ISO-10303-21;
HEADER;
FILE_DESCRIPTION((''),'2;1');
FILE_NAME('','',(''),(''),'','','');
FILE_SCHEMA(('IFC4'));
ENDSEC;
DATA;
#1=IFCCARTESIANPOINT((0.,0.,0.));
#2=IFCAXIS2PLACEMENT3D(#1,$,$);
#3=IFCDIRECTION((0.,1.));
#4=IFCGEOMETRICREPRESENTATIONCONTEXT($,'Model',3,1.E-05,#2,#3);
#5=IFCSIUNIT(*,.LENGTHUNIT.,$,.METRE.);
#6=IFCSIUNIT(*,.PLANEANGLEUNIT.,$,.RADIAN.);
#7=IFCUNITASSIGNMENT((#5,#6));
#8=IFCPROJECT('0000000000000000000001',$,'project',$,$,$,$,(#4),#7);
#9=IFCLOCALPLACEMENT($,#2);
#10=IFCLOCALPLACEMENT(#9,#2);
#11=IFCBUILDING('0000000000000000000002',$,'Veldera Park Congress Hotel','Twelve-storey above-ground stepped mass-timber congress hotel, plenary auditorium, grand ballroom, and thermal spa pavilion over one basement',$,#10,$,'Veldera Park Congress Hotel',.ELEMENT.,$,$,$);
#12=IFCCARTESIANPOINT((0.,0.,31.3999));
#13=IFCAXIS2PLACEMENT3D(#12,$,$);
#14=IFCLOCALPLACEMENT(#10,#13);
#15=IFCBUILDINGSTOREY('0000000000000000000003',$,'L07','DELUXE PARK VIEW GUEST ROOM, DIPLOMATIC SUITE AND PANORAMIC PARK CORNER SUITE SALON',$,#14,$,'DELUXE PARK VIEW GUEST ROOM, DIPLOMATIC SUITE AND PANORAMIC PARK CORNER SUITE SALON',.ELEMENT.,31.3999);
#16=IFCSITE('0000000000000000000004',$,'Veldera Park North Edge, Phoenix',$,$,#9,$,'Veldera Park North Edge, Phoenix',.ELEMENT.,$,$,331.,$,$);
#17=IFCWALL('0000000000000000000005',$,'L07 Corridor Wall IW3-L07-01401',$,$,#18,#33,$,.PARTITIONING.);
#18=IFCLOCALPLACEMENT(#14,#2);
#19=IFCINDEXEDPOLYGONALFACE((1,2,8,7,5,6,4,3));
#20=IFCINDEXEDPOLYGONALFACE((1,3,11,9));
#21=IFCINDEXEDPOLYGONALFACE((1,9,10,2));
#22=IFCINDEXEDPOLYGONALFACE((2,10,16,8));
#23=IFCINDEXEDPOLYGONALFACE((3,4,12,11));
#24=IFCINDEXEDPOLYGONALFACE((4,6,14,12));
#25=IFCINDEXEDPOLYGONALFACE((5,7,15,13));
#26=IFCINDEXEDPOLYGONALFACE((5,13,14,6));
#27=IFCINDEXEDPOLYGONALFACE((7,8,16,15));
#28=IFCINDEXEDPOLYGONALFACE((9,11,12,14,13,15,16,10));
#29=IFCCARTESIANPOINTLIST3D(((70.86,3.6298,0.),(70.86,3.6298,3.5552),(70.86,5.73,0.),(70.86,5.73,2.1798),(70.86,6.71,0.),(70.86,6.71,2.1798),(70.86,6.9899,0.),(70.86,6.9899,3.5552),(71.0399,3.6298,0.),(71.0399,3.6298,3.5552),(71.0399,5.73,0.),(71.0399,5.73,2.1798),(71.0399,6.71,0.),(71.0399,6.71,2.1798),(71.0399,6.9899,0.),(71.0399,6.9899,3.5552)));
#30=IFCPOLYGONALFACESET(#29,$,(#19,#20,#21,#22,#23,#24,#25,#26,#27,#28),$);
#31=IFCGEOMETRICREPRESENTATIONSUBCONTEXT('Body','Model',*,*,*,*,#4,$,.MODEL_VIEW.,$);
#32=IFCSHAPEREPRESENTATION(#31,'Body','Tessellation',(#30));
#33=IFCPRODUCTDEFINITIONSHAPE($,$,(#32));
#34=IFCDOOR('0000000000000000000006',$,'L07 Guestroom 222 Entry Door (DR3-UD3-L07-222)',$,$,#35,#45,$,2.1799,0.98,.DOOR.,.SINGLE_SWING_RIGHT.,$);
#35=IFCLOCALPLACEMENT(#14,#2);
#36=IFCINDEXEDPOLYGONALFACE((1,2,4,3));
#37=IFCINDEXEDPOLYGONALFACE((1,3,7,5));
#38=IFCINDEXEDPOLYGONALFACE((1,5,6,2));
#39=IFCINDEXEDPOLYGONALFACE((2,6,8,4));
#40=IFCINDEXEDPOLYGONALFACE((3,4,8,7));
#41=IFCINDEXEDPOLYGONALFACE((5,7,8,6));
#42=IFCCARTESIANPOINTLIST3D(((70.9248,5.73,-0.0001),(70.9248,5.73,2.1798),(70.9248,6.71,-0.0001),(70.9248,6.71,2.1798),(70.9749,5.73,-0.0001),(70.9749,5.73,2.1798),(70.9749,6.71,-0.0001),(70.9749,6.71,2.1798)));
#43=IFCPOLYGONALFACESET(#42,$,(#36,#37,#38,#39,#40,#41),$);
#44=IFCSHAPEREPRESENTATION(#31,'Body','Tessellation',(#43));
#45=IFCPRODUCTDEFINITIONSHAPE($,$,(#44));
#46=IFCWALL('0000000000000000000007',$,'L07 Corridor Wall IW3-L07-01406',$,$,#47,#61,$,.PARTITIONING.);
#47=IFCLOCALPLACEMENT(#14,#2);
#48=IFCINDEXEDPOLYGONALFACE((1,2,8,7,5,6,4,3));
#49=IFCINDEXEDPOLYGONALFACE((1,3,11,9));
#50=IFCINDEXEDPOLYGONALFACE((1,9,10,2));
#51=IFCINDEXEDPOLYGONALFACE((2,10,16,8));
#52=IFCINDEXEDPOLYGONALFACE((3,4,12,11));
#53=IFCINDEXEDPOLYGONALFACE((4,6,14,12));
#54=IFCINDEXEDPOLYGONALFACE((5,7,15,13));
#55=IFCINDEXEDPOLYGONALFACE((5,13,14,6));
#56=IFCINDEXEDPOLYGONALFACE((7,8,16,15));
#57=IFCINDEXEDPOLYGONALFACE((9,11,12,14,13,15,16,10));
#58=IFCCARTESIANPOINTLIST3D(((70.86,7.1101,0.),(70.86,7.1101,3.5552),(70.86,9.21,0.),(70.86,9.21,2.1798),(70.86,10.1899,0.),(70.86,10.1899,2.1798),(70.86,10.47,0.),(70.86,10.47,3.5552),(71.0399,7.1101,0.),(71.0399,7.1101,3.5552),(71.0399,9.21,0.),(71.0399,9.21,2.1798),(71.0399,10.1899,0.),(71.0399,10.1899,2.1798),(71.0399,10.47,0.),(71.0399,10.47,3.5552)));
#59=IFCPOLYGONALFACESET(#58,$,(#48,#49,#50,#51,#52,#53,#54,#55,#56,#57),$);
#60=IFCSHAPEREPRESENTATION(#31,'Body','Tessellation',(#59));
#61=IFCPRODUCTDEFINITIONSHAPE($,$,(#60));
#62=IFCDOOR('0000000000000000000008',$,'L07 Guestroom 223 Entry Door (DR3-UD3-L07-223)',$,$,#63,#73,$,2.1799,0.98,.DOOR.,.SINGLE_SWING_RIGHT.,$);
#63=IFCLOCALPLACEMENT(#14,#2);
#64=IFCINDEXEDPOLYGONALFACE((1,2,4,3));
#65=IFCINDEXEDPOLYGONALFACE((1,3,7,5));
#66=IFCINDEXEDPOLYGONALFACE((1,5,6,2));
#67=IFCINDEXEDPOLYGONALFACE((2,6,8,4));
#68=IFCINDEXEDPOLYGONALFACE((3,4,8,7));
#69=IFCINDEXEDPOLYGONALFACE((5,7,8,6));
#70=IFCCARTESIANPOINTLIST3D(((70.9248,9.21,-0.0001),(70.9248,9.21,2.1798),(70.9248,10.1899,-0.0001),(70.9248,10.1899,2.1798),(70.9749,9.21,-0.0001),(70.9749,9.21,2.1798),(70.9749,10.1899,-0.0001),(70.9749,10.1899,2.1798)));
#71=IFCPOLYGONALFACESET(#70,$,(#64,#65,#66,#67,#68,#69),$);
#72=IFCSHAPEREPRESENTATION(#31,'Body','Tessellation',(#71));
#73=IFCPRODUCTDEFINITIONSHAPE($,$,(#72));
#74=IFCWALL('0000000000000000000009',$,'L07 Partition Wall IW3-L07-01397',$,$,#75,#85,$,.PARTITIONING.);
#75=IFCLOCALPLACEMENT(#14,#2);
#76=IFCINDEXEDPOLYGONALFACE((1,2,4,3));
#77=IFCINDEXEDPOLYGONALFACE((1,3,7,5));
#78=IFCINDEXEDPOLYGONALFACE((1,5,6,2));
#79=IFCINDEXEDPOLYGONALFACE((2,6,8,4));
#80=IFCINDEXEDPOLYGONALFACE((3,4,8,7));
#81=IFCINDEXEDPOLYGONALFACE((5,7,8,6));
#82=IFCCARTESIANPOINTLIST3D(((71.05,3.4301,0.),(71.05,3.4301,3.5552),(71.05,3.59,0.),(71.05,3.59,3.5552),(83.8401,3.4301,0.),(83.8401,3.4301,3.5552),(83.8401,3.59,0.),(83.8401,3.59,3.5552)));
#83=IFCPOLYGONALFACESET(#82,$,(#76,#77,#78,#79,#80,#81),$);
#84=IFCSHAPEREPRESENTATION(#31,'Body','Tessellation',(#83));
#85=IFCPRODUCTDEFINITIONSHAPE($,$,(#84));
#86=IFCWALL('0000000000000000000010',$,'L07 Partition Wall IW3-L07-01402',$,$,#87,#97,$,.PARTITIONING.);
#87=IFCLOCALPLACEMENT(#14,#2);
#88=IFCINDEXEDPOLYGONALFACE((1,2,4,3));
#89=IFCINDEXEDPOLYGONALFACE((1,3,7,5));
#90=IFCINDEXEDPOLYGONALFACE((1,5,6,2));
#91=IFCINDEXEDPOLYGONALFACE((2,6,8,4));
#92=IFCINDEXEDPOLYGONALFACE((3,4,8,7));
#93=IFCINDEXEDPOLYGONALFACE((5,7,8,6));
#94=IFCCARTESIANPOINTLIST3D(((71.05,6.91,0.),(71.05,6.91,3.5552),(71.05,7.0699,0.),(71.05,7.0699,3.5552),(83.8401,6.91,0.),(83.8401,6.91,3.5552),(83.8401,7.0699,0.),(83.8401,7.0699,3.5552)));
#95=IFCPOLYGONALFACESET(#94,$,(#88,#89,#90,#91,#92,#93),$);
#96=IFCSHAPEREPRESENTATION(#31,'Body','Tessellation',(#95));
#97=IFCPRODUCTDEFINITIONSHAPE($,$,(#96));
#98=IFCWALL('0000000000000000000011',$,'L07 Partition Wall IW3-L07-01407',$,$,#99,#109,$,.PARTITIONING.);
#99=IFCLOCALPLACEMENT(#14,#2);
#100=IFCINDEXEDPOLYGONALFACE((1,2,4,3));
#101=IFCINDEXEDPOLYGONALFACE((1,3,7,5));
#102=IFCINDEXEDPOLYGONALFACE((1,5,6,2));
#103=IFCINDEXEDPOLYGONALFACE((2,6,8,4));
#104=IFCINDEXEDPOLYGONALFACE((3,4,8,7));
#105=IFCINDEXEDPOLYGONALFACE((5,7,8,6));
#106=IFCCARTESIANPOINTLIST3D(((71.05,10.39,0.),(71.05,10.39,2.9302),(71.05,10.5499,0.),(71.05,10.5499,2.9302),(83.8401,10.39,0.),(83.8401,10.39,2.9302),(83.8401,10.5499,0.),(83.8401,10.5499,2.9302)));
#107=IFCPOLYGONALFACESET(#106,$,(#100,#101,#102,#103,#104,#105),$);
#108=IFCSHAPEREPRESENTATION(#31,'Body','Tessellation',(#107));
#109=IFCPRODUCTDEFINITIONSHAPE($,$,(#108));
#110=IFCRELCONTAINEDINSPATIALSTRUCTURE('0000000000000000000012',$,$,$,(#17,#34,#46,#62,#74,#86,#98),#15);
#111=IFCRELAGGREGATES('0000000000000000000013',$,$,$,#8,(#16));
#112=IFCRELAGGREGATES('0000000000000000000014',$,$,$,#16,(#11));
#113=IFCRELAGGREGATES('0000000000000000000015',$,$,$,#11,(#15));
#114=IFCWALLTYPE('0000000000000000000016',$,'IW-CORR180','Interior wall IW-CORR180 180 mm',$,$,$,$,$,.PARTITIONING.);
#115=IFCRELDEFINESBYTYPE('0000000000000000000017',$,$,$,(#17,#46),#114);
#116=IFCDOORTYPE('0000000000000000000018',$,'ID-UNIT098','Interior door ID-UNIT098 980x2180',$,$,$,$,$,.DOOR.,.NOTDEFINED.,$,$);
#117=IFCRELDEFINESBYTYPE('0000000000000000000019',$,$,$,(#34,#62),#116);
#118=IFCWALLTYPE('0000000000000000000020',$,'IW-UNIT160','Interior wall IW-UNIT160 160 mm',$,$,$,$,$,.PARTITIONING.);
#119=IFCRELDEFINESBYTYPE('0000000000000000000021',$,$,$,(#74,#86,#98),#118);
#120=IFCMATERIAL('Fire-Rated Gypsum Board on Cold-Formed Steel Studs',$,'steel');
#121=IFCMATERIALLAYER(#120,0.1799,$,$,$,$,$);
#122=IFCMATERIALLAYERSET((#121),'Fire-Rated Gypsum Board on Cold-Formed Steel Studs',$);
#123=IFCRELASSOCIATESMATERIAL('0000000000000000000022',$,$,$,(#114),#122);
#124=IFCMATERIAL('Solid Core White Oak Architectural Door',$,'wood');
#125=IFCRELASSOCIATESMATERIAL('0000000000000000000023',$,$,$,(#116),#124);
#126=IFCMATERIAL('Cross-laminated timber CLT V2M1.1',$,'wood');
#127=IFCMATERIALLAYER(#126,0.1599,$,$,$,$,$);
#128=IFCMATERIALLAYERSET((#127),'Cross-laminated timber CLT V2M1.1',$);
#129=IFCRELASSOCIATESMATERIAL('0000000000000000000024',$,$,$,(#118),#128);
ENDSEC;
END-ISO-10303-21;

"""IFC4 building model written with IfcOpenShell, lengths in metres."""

from ifc_helpers import new_model, si_unit, direction, frame, frame_2d, origin, place, context, subcontext, project, spatial, rectangle, extrude, material, layer, layer_set, type_object, element, fill, save


model = new_model("IFC4")

# Units and contexts
model_context = context("Model", 3, precision=1e-05, world=origin(), true_north=direction((0.0, 1.0)))
body_context = subcontext(model_context, "Body", "Model", "MODEL_VIEW")
ifc_project = project(units=[si_unit("LENGTHUNIT", "METRE"), si_unit("PLANEANGLEUNIT", "RADIAN")], contexts=[model_context])

# Site, building, storey
site_placement = place(None, origin())
site = spatial("IfcSite", under=ifc_project, at=site_placement, Name="Veldera Park North Edge, Phoenix", LongName="Veldera Park North Edge, Phoenix", CompositionType="ELEMENT", RefElevation=331.0)
building_placement = place(site_placement, origin())
building = spatial("IfcBuilding", under=site, at=building_placement, Name="Veldera Park Congress Hotel", Description="Twelve-storey above-ground stepped mass-timber congress hotel, plenary auditorium, grand ballroom, and thermal spa pavilion over one basement", LongName="Veldera Park Congress Hotel", CompositionType="ELEMENT")
storey_placement = place(building_placement, frame((0.0, 0.0, 31.3999)))
storey = spatial("IfcBuildingStorey", under=building, at=storey_placement, Name="L07", Description="DELUXE PARK VIEW GUEST ROOM, DIPLOMATIC SUITE AND PANORAMIC PARK CORNER SUITE SALON", LongName="DELUXE PARK VIEW GUEST ROOM, DIPLOMATIC SUITE AND PANORAMIC PARK CORNER SUITE SALON", CompositionType="ELEMENT", Elevation=31.3999)

# Shared definitions
ifc_material_1 = material(Name="Cross-laminated timber CLT V2M1.1", Category="wood")

# Walls, openings, doors
ifc_material_2 = material(Name="Fire-Rated Gypsum Board on Cold-Formed Steel Studs", Category="steel")
ifc_layer_1 = layer(ifc_material_2, 0.1799)
ifc_layer_set_1 = layer_set([ifc_layer_1], Name="Fire-Rated Gypsum Board on Cold-Formed Steel Studs")
wall_type_1 = type_object("IfcWallType", Name="IW-CORR180", Description="Interior wall IW-CORR180 180 mm", PredefinedType="PARTITIONING", material=ifc_layer_set_1)
ifc_material_3 = material(Name="Solid Core White Oak Architectural Door", Category="wood")
door_type = type_object("IfcDoorType", Name="ID-UNIT098", Description="Interior door ID-UNIT098 980x2180", OperationType="NOTDEFINED", PredefinedType="DOOR", material=ifc_material_3)
wall_1_placement = place(storey_placement, frame((70.95, 6.99, 0.0), z_axis=(0.0, 0.0, 1.0), x_axis=(0.0, -1.0, 0.0)))
wall_1 = element("IfcWall", 1, at=wall_1_placement, inside=storey, type_object=wall_type_1, Name="L07 Corridor Wall IW3-L07-01401", PredefinedType="PARTITIONING", context=body_context, shape_type="SweptSolid", body=[
    extrude(rectangle(XDim=3.3601, YDim=0.1799, at=frame_2d((1.6802, 0.0))), origin(), (0.0, 0.0, 1.0), 3.5552),
])
opening_1_placement = place(wall_1_placement, frame((0.28, 0.0, 0.0)))
opening_1 = element("IfcOpeningElement", 2, at=opening_1_placement, cuts=wall_1, PredefinedType="OPENING", context=body_context, shape_type="SweptSolid", body=[
    extrude(rectangle(XDim=0.98, YDim=2.1799, at=frame_2d((0.49, 1.0898))), frame((0.0, 0.1021, 0.0), z_axis=(0.0, -1.0, 0.0), x_axis=(1.0, 0.0, 0.0)), (0.0, 0.0, 1.0), 0.2039),
])
door_1_placement = place(opening_1_placement, origin())
door_1 = element("IfcDoor", 3, at=door_1_placement, inside=storey, type_object=door_type, Name="L07 Guestroom 222 Entry Door (DR3-UD3-L07-222)", OperationType="SINGLE_SWING_RIGHT", OverallHeight=2.1799, OverallWidth=0.98, PredefinedType="DOOR", context=body_context, shape_type="SweptSolid", body=[
    extrude(rectangle(XDim=0.98, YDim=2.1799, at=frame_2d((0.49, 1.0898))), frame((0.0, 0.0249, 0.0), z_axis=(0.0, -1.0, 0.0), x_axis=(1.0, 0.0, 0.0)), (0.0, 0.0, 1.0), 0.05),
])
fill(opening_1, door_1)
wall_2_placement = place(storey_placement, frame((70.95, 10.47, 0.0), z_axis=(0.0, 0.0, 1.0), x_axis=(0.0, -1.0, 0.0)))
wall_2 = element("IfcWall", 4, at=wall_2_placement, inside=storey, type_object=wall_type_1, Name="L07 Corridor Wall IW3-L07-01406", PredefinedType="PARTITIONING", context=body_context, shape_type="SweptSolid", body=[
    extrude(rectangle(XDim=3.3599, YDim=0.1799, at=frame_2d((1.6799, 0.0))), origin(), (0.0, 0.0, 1.0), 3.5552),
])
opening_2_placement = place(wall_2_placement, frame((0.28, 0.0, 0.0)))
opening_2 = element("IfcOpeningElement", 5, at=opening_2_placement, cuts=wall_2, PredefinedType="OPENING", context=body_context, shape_type="SweptSolid", body=[
    extrude(rectangle(XDim=0.98, YDim=2.1799, at=frame_2d((0.49, 1.0898))), frame((0.0, 0.1021, 0.0), z_axis=(0.0, -1.0, 0.0), x_axis=(1.0, 0.0, 0.0)), (0.0, 0.0, 1.0), 0.2039),
])
door_2_placement = place(opening_2_placement, origin())
door_2 = element("IfcDoor", 6, at=door_2_placement, inside=storey, type_object=door_type, Name="L07 Guestroom 223 Entry Door (DR3-UD3-L07-223)", OperationType="SINGLE_SWING_RIGHT", OverallHeight=2.1799, OverallWidth=0.98, PredefinedType="DOOR", context=body_context, shape_type="SweptSolid", body=[
    extrude(rectangle(XDim=0.98, YDim=2.1799, at=frame_2d((0.49, 1.0898))), frame((0.0, 0.0249, 0.0), z_axis=(0.0, -1.0, 0.0), x_axis=(1.0, 0.0, 0.0)), (0.0, 0.0, 1.0), 0.05),
])
fill(opening_2, door_2)

# Walls
ifc_layer_2 = layer(ifc_material_1, 0.1599)
ifc_layer_set_2 = layer_set([ifc_layer_2], Name="Cross-laminated timber CLT V2M1.1")
wall_type_2 = type_object("IfcWallType", Name="IW-UNIT160", Description="Interior wall IW-UNIT160 160 mm", PredefinedType="PARTITIONING", material=ifc_layer_set_2)
for number, where, z_axis, x_axis, name in (
    (7, (71.05, 3.51, 0.0), (0.0, 0.0, 1.0), (1.0, 0.0, 0.0), "L07 Partition Wall IW3-L07-01397"),
    (8, (71.05, 6.99, 0.0), (0.0, 0.0, 1.0), (1.0, 0.0, 0.0), "L07 Partition Wall IW3-L07-01402"),
):
    element("IfcWall", number, at=place(storey_placement, frame(where, z_axis=z_axis, x_axis=x_axis)), inside=storey, type_object=wall_type_2, Name=name, PredefinedType="PARTITIONING", context=body_context, shape_type="SweptSolid", body=[
        extrude(rectangle(XDim=12.79, YDim=0.1599, at=frame_2d((6.395, 0.0))), origin(), (0.0, 0.0, 1.0), 3.5552),
    ])
wall_3_placement = place(storey_placement, frame((71.05, 10.47, 0.0), z_axis=(0.0, 0.0, 1.0), x_axis=(1.0, 0.0, 0.0)))
element("IfcWall", 9, at=wall_3_placement, inside=storey, type_object=wall_type_2, Name="L07 Partition Wall IW3-L07-01407", PredefinedType="PARTITIONING", context=body_context, shape_type="SweptSolid", body=[
    extrude(rectangle(XDim=12.79, YDim=0.1599, at=frame_2d((6.395, 0.0))), origin(), (0.0, 0.0, 1.0), 2.9302),
])

save(model, "model.ifc")
